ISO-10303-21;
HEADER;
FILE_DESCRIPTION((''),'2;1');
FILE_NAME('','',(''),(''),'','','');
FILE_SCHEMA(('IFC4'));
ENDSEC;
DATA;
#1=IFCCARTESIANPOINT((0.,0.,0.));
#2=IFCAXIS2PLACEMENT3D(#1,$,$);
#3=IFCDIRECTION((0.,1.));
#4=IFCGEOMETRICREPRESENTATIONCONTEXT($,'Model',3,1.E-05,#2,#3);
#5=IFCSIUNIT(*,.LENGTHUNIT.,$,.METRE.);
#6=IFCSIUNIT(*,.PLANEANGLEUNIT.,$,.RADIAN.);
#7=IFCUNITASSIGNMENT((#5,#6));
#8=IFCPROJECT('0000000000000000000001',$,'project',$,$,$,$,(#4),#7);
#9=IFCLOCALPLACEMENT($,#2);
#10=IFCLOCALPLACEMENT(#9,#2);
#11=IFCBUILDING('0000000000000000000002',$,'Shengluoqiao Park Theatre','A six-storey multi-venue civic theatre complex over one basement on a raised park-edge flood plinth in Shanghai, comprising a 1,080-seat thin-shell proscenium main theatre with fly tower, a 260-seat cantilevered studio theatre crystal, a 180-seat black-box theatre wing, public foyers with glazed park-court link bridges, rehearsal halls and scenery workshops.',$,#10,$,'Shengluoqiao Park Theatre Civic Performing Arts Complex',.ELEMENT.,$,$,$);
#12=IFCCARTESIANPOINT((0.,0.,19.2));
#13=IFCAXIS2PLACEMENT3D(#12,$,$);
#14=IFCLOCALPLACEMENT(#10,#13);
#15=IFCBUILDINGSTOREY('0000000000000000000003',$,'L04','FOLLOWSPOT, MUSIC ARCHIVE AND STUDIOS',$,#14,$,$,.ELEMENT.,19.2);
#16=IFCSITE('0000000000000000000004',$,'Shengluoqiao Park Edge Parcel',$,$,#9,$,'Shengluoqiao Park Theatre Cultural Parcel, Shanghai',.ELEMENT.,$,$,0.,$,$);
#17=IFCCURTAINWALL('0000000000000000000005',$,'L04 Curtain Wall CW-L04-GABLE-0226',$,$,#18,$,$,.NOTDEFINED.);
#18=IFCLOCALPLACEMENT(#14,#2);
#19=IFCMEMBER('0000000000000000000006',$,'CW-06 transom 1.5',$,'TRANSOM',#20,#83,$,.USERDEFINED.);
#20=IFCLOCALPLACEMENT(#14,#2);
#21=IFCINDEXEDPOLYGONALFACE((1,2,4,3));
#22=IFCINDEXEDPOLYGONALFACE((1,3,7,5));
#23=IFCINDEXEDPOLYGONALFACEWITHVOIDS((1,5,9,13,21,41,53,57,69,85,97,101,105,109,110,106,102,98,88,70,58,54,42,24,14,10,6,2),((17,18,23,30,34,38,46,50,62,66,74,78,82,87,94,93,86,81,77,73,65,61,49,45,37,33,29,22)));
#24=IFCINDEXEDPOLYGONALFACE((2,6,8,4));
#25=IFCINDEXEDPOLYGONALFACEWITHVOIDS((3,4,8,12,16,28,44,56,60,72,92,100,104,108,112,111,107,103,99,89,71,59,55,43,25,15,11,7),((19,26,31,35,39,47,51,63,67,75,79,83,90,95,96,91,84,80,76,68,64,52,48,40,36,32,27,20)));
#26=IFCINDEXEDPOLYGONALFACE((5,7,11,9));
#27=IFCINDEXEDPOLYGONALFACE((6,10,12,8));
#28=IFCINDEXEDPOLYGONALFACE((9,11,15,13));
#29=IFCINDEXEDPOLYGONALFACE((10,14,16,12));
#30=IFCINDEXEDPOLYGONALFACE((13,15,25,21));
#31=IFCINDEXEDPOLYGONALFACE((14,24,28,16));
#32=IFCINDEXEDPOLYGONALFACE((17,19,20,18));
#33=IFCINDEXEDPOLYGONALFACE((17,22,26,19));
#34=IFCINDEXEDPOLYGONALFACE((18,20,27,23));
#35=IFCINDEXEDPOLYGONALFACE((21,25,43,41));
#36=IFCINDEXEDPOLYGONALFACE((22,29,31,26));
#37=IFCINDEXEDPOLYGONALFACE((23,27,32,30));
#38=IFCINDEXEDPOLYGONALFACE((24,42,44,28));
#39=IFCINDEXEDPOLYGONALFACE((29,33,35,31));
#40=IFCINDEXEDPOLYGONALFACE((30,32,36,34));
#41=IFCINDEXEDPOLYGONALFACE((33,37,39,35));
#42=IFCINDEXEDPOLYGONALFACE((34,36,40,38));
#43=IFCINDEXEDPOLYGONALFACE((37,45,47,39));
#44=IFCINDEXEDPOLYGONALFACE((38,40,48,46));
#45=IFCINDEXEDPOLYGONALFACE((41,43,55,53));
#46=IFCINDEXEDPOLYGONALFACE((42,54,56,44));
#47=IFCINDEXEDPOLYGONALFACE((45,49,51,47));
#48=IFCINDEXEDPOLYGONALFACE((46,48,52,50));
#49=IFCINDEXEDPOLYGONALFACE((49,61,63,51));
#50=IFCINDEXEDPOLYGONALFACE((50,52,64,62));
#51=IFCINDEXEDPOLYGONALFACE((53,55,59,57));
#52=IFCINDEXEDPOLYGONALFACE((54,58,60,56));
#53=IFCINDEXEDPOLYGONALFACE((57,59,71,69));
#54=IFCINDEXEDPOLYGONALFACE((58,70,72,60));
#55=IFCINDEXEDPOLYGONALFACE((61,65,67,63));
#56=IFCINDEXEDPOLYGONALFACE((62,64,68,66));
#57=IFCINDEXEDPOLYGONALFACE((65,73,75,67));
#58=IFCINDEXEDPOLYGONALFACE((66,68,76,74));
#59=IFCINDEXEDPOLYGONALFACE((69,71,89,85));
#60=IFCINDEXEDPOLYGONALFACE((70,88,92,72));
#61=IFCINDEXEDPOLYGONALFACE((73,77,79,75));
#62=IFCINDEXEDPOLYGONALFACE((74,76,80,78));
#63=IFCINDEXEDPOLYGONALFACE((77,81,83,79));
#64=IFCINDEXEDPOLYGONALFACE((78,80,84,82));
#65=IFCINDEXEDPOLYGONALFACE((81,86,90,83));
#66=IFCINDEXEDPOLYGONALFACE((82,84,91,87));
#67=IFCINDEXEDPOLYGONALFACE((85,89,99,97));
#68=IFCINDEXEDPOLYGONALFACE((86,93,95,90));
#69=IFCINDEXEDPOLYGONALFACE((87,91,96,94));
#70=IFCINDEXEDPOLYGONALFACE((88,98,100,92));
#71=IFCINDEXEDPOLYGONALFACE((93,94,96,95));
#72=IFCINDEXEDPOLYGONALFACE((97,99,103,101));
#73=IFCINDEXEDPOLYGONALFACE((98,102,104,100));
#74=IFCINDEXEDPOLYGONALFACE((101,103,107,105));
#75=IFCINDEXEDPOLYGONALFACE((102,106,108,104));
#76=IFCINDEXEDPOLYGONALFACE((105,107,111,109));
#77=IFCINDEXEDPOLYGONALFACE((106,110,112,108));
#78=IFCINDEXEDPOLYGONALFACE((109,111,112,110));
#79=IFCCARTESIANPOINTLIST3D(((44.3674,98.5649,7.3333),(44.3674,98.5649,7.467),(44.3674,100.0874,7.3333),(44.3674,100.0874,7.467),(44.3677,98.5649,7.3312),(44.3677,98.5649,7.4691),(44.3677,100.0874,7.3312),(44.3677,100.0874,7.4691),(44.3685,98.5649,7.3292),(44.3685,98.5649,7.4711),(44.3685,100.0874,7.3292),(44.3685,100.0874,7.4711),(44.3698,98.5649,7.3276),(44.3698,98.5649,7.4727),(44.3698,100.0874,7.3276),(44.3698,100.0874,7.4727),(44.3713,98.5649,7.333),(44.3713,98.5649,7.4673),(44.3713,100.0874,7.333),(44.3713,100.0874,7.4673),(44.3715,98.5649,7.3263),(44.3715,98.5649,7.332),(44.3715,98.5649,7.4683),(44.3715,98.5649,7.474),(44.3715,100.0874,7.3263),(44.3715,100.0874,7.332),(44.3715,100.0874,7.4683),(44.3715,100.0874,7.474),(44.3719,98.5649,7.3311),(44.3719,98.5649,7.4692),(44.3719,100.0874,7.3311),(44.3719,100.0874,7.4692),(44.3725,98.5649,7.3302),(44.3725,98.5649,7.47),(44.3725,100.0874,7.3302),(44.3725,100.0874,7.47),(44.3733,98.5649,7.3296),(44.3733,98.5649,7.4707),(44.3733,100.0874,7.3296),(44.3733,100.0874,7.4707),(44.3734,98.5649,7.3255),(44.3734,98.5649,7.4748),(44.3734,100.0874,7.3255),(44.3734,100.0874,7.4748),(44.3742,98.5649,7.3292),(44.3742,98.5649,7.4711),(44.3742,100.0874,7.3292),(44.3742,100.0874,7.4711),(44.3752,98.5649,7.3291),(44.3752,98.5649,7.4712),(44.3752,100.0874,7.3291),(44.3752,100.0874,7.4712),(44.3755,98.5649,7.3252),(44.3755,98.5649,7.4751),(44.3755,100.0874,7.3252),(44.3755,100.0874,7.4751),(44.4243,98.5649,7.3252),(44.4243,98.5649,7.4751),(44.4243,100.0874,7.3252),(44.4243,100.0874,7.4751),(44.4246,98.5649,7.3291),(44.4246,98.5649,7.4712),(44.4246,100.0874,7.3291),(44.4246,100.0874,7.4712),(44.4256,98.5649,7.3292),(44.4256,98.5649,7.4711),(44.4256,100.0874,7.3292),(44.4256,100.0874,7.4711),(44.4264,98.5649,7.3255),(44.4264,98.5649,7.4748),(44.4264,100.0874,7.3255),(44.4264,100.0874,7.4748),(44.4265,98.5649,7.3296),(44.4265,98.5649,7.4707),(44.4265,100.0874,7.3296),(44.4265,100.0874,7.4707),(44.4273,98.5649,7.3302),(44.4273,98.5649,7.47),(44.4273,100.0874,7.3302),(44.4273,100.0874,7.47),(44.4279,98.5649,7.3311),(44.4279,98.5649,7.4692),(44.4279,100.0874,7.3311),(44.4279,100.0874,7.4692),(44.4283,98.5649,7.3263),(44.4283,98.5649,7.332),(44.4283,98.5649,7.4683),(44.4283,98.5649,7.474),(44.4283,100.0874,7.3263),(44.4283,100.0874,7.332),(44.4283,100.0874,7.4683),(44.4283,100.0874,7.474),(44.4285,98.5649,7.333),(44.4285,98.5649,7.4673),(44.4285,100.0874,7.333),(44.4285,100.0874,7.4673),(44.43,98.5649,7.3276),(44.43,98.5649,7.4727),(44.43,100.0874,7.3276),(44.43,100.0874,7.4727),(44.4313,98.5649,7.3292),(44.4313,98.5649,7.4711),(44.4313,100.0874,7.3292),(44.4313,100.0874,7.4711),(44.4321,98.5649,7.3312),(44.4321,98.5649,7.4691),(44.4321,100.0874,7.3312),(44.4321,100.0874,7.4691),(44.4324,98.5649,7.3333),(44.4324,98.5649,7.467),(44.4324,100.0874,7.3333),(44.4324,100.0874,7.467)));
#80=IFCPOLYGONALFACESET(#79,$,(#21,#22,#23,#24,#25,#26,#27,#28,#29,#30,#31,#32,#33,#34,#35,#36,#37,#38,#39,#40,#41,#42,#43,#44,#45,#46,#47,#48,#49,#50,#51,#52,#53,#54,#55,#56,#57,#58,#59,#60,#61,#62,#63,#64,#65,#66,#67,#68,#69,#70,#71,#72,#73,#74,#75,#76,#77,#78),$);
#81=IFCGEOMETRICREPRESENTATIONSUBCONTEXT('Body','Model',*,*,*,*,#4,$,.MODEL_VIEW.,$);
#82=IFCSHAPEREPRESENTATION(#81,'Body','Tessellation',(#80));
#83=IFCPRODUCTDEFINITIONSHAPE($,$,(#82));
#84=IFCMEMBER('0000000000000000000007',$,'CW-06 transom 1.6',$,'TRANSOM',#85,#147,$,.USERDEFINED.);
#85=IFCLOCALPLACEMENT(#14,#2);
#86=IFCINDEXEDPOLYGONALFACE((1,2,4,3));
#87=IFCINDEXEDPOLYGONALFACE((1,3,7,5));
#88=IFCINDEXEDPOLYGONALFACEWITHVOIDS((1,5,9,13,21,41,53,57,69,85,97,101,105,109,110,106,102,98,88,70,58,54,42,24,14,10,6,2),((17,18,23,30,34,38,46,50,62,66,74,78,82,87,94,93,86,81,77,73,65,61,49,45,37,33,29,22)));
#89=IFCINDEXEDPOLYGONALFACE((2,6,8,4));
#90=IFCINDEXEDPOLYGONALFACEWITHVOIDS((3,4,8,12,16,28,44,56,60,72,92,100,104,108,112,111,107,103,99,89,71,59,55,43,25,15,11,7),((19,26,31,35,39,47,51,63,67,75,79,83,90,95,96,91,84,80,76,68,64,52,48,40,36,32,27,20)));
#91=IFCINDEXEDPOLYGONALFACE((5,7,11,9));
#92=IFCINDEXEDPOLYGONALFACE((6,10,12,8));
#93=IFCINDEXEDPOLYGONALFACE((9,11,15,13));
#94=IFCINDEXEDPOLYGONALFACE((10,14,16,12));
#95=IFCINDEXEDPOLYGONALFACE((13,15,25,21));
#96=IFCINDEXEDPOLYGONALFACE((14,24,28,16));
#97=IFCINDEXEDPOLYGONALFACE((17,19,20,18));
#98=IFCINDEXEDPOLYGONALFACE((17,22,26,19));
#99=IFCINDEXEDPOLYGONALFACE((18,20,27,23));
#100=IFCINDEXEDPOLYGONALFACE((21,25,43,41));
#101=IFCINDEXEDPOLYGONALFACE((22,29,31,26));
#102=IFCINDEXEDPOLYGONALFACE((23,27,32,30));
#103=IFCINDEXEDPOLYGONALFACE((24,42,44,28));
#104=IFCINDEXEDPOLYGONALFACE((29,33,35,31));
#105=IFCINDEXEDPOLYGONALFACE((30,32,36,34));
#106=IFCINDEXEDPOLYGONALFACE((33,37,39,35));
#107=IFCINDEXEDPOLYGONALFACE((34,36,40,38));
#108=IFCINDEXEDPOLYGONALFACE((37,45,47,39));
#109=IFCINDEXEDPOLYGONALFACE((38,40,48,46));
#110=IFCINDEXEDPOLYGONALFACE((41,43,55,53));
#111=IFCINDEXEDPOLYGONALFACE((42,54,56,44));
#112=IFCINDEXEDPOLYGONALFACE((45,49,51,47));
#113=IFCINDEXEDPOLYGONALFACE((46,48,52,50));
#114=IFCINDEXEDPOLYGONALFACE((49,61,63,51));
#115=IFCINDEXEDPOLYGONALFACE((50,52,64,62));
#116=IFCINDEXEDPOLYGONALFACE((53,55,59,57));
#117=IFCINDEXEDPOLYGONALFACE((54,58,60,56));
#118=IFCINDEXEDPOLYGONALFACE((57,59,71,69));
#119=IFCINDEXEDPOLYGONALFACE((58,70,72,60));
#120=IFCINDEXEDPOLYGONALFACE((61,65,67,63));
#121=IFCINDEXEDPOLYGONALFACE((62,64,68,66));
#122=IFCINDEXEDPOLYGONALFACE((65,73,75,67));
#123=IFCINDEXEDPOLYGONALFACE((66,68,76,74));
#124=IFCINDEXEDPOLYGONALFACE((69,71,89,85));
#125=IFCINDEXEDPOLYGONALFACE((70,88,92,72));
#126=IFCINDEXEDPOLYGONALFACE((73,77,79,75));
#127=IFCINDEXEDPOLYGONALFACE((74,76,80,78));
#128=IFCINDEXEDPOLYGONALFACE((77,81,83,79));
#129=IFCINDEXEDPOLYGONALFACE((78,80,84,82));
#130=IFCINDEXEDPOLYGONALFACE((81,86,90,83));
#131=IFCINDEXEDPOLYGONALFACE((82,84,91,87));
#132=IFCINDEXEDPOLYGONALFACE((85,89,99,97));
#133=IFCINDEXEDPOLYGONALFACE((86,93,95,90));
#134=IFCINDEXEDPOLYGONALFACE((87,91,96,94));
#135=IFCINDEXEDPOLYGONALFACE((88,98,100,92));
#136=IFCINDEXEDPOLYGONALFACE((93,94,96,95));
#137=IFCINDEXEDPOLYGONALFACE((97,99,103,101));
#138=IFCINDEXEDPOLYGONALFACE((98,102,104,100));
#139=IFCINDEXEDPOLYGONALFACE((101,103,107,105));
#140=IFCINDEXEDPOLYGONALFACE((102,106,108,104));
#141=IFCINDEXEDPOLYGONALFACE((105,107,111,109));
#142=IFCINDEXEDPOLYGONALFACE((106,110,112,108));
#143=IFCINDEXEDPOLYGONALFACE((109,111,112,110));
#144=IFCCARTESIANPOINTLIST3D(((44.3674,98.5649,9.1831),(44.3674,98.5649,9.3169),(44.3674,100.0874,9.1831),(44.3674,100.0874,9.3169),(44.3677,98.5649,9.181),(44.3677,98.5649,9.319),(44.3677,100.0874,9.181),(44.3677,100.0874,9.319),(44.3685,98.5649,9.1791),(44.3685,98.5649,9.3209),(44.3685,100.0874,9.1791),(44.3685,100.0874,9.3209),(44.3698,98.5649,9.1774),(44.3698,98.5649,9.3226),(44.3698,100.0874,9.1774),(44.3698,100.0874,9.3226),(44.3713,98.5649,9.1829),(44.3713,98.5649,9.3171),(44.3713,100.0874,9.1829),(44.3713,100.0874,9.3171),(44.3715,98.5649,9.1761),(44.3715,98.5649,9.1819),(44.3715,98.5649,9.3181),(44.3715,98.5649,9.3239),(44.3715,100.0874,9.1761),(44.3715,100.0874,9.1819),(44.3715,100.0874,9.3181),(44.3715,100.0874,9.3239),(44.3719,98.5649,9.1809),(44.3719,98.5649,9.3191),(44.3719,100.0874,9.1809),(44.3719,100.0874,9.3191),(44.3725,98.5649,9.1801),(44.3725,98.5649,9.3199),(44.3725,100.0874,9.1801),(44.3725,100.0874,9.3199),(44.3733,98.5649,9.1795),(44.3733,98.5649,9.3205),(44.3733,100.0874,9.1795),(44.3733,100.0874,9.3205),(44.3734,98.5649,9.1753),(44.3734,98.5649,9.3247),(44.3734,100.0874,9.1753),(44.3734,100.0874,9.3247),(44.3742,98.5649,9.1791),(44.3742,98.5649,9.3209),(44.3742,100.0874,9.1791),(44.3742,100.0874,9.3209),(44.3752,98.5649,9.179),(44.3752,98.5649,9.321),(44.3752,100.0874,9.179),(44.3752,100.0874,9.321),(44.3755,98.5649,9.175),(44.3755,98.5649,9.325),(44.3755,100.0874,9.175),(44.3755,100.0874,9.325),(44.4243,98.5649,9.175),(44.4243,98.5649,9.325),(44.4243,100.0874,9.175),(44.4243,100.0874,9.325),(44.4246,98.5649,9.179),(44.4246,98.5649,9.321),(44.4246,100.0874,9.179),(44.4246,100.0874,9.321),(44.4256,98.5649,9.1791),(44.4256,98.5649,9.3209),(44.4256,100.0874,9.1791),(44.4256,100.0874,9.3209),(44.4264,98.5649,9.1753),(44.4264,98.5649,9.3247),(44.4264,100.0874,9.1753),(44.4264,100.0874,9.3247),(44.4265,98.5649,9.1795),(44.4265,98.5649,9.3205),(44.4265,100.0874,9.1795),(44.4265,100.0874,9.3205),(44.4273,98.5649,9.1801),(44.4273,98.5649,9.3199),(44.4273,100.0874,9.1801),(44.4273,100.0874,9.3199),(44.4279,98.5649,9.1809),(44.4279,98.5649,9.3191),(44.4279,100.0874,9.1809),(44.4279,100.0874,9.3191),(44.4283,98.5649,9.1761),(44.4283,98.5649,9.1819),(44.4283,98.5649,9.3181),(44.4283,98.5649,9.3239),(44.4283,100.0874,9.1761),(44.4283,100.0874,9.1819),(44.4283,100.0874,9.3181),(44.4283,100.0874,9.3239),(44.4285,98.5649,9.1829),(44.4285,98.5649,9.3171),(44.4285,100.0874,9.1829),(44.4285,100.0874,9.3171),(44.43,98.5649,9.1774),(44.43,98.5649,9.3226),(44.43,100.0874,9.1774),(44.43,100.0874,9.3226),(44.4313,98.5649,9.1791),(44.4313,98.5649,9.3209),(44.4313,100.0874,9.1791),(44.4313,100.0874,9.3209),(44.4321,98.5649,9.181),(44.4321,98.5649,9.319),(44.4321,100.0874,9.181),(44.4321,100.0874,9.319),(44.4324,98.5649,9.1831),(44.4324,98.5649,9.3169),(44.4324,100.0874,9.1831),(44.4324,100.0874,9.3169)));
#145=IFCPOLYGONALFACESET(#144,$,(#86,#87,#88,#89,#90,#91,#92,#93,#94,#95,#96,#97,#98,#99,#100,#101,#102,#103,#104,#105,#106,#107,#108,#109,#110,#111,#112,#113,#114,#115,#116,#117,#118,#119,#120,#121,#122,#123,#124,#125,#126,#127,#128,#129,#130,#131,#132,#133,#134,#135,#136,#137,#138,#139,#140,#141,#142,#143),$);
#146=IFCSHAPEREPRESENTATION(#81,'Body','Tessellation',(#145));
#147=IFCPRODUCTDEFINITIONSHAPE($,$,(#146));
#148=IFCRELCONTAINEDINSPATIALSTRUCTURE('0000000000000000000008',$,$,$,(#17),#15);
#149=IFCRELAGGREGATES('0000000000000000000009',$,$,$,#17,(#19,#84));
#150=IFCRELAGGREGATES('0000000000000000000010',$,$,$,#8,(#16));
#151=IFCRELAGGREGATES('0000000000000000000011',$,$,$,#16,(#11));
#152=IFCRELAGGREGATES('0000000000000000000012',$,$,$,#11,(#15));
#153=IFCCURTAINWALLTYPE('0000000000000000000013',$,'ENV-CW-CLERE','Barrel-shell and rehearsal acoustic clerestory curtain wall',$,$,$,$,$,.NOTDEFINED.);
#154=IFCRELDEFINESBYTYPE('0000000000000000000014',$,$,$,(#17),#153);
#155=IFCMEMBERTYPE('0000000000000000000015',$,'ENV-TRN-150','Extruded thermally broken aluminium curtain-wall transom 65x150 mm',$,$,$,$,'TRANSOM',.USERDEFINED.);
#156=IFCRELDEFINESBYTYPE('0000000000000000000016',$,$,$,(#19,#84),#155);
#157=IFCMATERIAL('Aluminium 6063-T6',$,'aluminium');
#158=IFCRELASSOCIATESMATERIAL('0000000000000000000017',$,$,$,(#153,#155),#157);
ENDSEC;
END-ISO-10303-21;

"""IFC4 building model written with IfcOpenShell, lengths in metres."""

from ifc_helpers import new_model, si_unit, direction, frame, origin, origin_2d, place, context, subcontext, project, spatial, hollow_rectangle, extrude, material, material_profile, profile_set, type_object, element, aggregate, save


model = new_model("IFC4")

# Units and contexts
model_context = context("Model", 3, precision=1e-05, world=origin(), true_north=direction((0.0, 1.0)))
body_context = subcontext(model_context, "Body", "Model", "MODEL_VIEW")
ifc_project = project(units=[si_unit("LENGTHUNIT", "METRE"), si_unit("PLANEANGLEUNIT", "RADIAN")], contexts=[model_context])

# Site, building, storey
site_placement = place(None, origin())
site = spatial("IfcSite", under=ifc_project, at=site_placement, Name="Shengluoqiao Park Edge Parcel", LongName="Shengluoqiao Park Theatre Cultural Parcel, Shanghai", CompositionType="ELEMENT", RefElevation=0.0)
building_placement = place(site_placement, origin())
building = spatial("IfcBuilding", under=site, at=building_placement, Name="Shengluoqiao Park Theatre", Description="A six-storey multi-venue civic theatre complex over one basement on a raised park-edge flood plinth in Shanghai, comprising a 1,080-seat thin-shell proscenium main theatre with fly tower, a 260-seat cantilevered studio theatre crystal, a 180-seat black-box theatre wing, public foyers with glazed park-court link bridges, rehearsal halls and scenery workshops.", LongName="Shengluoqiao Park Theatre Civic Performing Arts Complex", CompositionType="ELEMENT")
storey_placement = place(building_placement, frame((0.0, 0.0, 19.2)))
storey = spatial("IfcBuildingStorey", under=building, at=storey_placement, Name="L04", Description="FOLLOWSPOT, MUSIC ARCHIVE AND STUDIOS", CompositionType="ELEMENT", Elevation=19.2)

# Curtain wall, members
ifc_material_1 = material(Name="Aluminium 6063-T6", Category="aluminium")
curtain_wall_type = type_object("IfcCurtainWallType", Name="ENV-CW-CLERE", Description="Barrel-shell and rehearsal acoustic clerestory curtain wall", PredefinedType="NOTDEFINED", material=ifc_material_1)
ifc_material_profile = material_profile(ifc_material_1, hollow_rectangle(XDim=0.0649, YDim=0.1499, WallThickness=0.0039, InnerFilletRadius=0.0039, OuterFilletRadius=0.0081, at=origin_2d()), Name="ALU TRANSOM 150x65x4")
ifc_profile_set = profile_set([ifc_material_profile], Name="Aluminium 6063-T6")
member_type = type_object("IfcMemberType", Name="ENV-TRN-150", Description="Extruded thermally broken aluminium curtain-wall transom 65x150 mm", ElementType="TRANSOM", PredefinedType="USERDEFINED", material=ifc_profile_set)
curtain_wall_1_placement = place(storey_placement, origin())
curtain_wall_1 = element("IfcCurtainWall", 1, at=curtain_wall_1_placement, inside=storey, type_object=curtain_wall_type, Name="L04 Curtain Wall CW-L04-GABLE-0226", PredefinedType="NOTDEFINED")
member_1_placement = place(storey_placement, frame((44.3999, 98.5649, 7.4001), z_axis=(0.0, 1.0, 0.0), x_axis=(-1.0, 0.0, 0.0)))
member_1 = element("IfcMember", 2, at=member_1_placement, type_object=member_type, Name="CW-06 transom 1.5", ObjectType="TRANSOM", PredefinedType="USERDEFINED", context=body_context, shape_type="SweptSolid", body=[
    extrude(hollow_rectangle(XDim=0.0649, YDim=0.1499, WallThickness=0.0039, InnerFilletRadius=0.0039, OuterFilletRadius=0.0081, at=origin_2d()), origin(), (0.0, 0.0, 1.0), 1.5225),
])
member_2_placement = place(storey_placement, frame((44.3999, 98.5649, 9.25), z_axis=(0.0, 1.0, 0.0), x_axis=(-1.0, 0.0, 0.0)))
member_2 = element("IfcMember", 3, at=member_2_placement, type_object=member_type, Name="CW-06 transom 1.6", ObjectType="TRANSOM", PredefinedType="USERDEFINED", context=body_context, shape_type="SweptSolid", body=[
    extrude(hollow_rectangle(XDim=0.0649, YDim=0.1499, WallThickness=0.0039, InnerFilletRadius=0.0039, OuterFilletRadius=0.0081, at=origin_2d()), origin(), (0.0, 0.0, 1.0), 1.5225),
])

aggregate(curtain_wall_1, [member_1, member_2])

save(model, "model.ifc")
